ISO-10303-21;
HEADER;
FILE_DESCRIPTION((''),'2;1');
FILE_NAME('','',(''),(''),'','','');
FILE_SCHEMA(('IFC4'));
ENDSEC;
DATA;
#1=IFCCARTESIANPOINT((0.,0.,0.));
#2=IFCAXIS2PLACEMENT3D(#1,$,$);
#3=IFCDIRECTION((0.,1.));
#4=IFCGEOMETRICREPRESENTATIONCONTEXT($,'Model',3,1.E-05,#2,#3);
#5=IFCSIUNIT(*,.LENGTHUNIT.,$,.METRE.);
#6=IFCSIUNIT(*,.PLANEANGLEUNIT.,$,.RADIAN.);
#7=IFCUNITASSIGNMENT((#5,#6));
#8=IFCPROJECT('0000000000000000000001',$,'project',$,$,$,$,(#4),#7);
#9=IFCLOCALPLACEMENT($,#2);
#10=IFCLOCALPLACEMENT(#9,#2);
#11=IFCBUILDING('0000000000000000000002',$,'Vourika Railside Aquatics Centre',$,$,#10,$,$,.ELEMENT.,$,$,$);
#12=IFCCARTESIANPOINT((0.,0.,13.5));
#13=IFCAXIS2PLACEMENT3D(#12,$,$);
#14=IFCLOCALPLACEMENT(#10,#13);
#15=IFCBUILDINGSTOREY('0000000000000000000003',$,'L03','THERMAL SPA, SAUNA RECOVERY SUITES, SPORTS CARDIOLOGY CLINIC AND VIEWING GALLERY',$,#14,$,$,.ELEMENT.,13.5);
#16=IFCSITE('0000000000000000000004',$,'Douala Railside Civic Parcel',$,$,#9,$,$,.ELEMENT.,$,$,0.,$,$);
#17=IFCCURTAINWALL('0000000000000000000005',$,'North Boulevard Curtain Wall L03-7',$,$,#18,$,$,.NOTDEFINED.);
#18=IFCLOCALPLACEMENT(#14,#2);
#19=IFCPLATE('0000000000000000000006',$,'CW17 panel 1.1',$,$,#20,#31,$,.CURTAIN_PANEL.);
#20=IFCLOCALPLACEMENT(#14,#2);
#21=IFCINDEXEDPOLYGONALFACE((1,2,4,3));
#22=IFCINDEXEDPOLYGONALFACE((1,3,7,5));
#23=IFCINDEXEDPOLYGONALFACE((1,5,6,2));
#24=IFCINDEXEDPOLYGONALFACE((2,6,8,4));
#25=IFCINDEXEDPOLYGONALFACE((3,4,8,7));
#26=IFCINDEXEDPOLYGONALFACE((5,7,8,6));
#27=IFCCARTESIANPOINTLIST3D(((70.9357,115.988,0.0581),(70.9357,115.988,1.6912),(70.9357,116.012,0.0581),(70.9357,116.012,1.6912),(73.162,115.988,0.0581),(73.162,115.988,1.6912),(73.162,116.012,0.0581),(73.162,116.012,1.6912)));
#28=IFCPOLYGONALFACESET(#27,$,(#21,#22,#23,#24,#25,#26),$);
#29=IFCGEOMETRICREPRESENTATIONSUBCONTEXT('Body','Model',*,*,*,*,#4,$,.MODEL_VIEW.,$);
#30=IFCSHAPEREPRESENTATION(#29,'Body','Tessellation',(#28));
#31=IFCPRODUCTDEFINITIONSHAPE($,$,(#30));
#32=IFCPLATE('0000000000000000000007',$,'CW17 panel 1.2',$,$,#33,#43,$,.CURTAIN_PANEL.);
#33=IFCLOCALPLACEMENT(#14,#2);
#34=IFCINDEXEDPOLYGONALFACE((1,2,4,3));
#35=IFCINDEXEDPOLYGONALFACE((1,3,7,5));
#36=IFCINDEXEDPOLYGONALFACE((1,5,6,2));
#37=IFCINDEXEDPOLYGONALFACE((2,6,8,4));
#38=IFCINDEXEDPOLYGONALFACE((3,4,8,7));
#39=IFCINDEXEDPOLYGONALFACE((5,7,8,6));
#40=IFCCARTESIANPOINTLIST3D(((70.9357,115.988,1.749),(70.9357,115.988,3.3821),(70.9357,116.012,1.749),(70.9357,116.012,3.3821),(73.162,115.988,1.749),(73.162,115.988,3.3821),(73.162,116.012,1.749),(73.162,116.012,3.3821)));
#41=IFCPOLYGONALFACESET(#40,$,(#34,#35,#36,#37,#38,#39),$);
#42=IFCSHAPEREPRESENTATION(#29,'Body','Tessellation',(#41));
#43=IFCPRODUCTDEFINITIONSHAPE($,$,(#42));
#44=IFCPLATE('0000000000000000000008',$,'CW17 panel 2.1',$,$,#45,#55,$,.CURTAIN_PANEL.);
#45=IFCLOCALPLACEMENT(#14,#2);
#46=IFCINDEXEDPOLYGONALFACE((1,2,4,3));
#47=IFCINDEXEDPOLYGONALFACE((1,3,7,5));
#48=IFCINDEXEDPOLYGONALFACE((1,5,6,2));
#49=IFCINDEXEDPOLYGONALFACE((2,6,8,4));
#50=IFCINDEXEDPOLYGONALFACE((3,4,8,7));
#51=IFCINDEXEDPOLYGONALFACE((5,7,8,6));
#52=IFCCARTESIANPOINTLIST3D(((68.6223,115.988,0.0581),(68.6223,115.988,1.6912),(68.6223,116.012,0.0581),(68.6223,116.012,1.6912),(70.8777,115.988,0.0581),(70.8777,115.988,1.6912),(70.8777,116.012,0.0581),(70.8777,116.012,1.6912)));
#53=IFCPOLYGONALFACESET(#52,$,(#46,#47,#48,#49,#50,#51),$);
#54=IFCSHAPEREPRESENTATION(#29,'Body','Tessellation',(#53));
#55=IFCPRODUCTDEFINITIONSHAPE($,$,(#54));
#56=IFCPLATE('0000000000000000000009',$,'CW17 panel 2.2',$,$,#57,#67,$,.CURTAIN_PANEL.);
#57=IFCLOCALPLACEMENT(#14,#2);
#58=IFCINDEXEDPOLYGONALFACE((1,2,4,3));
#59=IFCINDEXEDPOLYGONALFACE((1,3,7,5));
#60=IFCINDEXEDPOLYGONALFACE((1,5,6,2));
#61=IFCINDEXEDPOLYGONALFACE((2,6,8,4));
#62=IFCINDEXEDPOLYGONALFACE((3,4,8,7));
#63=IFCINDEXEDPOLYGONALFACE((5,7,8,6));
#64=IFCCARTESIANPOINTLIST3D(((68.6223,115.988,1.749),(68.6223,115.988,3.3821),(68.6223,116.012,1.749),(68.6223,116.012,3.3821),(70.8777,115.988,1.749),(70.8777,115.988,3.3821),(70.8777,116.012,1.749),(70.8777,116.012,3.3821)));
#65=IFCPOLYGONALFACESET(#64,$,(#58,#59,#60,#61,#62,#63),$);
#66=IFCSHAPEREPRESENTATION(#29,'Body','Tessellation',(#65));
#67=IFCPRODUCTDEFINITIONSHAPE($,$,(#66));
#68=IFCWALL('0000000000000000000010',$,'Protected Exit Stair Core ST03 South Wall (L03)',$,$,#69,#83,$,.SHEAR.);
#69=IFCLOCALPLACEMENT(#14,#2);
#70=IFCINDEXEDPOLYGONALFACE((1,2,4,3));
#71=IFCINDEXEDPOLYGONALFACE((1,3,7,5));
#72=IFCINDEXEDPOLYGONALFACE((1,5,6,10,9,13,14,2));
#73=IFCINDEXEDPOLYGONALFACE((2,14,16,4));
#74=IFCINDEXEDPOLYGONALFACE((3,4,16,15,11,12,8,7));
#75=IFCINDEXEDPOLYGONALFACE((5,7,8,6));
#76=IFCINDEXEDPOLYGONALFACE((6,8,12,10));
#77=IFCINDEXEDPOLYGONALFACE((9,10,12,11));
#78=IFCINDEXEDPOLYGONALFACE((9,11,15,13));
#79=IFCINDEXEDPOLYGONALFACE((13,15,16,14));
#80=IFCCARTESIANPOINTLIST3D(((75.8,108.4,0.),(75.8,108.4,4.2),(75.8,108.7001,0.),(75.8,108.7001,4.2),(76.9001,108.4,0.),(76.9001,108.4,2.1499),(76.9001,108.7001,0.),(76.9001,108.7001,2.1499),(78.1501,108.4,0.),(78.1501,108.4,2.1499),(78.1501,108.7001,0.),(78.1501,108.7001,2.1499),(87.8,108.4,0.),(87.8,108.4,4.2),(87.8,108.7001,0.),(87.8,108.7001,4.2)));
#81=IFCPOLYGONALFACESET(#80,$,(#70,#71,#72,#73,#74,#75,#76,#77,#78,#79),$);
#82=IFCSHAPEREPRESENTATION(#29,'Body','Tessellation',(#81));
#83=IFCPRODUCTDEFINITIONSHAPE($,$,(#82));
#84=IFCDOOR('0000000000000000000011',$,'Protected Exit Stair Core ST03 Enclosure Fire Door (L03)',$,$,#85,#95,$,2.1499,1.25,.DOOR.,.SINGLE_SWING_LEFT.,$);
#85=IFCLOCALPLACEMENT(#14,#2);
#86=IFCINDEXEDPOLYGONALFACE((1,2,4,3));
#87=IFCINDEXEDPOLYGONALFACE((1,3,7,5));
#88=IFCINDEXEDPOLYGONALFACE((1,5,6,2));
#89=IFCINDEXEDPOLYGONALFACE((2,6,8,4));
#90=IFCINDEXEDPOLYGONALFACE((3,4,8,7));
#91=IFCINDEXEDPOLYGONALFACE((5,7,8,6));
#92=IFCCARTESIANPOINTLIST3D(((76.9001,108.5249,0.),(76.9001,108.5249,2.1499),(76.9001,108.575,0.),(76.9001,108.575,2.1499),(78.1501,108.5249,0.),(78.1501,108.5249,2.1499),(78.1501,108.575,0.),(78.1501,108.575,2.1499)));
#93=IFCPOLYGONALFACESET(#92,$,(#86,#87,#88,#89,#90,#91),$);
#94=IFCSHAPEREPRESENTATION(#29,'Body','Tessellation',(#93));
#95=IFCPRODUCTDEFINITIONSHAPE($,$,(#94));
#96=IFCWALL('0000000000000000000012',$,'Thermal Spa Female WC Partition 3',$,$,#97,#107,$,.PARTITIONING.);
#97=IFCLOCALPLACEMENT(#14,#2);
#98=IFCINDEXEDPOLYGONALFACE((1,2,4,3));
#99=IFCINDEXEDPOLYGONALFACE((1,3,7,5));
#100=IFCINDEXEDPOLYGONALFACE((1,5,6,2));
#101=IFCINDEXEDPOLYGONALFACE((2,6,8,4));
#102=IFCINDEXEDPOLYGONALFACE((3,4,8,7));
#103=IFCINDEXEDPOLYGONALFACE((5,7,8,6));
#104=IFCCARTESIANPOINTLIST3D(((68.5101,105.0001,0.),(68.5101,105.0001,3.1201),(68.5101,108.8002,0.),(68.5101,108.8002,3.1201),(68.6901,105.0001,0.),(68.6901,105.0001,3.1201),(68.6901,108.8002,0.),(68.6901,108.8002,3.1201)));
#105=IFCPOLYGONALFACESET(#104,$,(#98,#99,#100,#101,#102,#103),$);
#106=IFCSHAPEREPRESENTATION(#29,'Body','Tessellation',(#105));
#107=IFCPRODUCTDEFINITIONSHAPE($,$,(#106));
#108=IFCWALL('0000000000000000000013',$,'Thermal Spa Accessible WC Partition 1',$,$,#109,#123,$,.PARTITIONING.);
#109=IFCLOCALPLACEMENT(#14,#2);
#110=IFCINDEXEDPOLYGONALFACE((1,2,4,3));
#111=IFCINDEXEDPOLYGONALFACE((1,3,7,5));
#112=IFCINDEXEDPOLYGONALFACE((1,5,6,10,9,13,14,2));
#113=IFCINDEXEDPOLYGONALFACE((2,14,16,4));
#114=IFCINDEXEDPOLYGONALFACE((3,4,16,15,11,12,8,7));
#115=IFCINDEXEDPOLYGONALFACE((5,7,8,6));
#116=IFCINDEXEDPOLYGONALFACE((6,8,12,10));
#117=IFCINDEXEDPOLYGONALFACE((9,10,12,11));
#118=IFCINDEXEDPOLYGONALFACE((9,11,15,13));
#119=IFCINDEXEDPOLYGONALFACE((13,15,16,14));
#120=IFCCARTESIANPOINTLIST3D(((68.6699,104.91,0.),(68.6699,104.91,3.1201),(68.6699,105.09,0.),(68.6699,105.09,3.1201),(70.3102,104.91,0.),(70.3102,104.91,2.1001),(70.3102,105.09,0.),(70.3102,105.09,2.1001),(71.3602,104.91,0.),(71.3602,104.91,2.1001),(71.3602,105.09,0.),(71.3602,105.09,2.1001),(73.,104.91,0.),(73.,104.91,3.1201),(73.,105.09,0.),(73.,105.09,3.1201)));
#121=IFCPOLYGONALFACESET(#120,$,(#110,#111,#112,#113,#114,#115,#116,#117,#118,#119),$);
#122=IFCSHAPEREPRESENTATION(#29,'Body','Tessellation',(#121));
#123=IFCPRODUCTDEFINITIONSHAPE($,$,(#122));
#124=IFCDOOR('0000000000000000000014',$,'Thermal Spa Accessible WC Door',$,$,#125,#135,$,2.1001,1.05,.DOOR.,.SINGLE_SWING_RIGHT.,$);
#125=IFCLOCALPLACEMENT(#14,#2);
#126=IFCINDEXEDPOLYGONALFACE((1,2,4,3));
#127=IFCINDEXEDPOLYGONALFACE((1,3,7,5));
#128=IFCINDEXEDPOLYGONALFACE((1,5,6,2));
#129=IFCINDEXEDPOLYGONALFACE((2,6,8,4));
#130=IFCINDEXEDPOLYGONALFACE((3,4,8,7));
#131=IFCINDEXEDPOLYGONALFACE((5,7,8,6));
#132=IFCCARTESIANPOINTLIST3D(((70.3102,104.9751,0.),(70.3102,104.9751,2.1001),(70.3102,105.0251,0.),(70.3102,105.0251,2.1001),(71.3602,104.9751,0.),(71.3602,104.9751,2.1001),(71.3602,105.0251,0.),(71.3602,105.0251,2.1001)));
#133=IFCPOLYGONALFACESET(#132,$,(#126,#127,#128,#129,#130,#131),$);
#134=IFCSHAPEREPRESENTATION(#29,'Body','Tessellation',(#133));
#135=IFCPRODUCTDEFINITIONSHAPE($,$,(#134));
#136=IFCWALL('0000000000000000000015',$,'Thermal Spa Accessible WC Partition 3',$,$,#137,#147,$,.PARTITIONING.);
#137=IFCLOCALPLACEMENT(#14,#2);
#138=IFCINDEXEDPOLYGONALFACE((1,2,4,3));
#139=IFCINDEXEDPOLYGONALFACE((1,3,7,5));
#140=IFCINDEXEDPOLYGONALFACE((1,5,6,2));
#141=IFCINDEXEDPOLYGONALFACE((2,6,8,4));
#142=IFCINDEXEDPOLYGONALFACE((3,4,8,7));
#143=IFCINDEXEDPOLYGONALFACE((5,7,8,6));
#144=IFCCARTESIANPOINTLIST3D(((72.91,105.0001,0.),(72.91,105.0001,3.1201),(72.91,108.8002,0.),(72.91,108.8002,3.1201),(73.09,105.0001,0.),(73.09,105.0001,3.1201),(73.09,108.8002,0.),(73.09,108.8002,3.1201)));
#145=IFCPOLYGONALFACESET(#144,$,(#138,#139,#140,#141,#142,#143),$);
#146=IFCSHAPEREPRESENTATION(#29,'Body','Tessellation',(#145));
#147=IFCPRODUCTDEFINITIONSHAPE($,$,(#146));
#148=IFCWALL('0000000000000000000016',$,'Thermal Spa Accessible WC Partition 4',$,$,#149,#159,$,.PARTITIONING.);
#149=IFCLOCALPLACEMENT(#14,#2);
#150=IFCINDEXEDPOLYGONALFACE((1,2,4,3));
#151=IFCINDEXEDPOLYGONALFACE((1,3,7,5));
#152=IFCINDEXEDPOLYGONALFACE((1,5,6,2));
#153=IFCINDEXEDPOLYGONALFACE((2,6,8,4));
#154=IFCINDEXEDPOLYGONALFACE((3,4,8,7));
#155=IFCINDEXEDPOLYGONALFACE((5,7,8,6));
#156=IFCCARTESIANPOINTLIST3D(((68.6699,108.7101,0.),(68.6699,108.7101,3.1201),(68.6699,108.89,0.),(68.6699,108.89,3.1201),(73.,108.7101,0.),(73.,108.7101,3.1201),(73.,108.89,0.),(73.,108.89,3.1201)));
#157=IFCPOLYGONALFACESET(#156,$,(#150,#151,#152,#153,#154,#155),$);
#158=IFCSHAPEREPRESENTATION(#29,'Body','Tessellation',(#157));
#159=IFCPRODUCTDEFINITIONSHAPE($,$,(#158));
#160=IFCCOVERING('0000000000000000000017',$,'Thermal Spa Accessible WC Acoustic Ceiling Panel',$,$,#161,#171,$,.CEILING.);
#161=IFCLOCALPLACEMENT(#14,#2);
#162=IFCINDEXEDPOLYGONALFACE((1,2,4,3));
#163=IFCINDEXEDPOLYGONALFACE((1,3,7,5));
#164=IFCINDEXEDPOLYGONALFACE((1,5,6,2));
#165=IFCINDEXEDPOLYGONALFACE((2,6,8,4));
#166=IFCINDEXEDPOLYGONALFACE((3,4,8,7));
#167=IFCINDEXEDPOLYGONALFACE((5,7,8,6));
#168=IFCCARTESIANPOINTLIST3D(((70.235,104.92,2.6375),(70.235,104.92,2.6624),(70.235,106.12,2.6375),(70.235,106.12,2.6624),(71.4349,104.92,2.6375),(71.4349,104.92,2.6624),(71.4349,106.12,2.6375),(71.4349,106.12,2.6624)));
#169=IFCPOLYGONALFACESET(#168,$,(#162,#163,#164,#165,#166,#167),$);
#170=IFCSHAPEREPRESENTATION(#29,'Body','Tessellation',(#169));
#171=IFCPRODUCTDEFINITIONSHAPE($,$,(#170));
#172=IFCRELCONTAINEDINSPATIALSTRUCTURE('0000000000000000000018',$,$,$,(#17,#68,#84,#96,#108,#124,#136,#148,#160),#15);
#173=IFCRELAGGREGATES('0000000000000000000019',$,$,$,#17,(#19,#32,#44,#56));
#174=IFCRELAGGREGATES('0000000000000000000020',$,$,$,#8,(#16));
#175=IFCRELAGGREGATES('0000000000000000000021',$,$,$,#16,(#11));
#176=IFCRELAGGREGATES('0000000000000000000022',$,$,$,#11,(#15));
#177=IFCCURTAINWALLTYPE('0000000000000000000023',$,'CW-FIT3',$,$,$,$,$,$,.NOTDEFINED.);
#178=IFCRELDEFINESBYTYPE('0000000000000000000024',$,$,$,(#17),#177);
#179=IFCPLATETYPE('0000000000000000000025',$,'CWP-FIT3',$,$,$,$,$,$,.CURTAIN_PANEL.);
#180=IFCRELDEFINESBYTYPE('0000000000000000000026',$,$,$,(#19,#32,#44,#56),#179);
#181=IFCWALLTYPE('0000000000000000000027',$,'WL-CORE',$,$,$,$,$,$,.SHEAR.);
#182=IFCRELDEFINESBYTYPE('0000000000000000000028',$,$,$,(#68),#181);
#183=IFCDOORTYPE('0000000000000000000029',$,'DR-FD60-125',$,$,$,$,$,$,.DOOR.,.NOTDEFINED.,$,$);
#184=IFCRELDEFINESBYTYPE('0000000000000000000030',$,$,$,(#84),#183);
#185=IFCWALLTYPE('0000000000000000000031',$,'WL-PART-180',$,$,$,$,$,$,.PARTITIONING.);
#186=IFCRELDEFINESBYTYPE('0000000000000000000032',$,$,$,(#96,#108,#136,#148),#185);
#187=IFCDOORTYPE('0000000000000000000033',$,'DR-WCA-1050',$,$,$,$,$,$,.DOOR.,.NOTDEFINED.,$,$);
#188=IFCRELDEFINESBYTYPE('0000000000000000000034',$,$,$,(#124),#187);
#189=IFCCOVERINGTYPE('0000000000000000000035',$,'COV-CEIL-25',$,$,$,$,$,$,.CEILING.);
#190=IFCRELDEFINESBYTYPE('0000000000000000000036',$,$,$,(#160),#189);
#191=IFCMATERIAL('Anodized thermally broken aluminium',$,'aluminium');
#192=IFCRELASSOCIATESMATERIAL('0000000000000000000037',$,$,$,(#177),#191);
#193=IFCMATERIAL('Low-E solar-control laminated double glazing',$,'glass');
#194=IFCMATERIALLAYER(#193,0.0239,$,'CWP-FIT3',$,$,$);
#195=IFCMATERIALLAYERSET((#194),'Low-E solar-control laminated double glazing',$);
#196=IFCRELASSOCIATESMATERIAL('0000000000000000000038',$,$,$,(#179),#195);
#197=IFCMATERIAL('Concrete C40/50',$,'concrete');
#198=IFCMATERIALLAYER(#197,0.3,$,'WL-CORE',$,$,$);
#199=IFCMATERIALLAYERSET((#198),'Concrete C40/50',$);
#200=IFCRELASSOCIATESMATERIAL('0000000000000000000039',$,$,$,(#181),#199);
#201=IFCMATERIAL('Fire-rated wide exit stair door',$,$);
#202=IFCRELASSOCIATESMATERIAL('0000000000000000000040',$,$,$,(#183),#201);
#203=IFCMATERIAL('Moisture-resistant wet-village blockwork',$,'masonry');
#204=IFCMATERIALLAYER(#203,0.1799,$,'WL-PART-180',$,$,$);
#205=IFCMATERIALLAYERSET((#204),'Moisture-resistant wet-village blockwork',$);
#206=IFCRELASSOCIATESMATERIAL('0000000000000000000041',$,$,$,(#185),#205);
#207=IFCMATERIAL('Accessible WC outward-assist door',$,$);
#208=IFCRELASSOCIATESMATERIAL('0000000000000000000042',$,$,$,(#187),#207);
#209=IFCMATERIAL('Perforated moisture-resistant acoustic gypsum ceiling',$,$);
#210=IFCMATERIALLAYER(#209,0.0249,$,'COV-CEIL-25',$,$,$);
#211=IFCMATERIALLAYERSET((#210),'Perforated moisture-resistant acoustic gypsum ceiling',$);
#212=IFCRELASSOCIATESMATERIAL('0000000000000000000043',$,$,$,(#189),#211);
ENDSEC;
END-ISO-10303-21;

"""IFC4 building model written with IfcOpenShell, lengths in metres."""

from ifc_helpers import new_model, si_unit, direction, frame, frame_2d, origin, origin_2d, place, context, subcontext, project, spatial, rectangle, extrude, material, layer, layer_set, type_object, element, fill, aggregate, save


model = new_model("IFC4")

# Units and contexts
model_context = context("Model", 3, precision=1e-05, world=origin(), true_north=direction((0.0, 1.0)))
body_context = subcontext(model_context, "Body", "Model", "MODEL_VIEW")
ifc_project = project(units=[si_unit("LENGTHUNIT", "METRE"), si_unit("PLANEANGLEUNIT", "RADIAN")], contexts=[model_context])

# Site, building, storey
site_placement = place(None, origin())
site = spatial("IfcSite", under=ifc_project, at=site_placement, Name="Douala Railside Civic Parcel", CompositionType="ELEMENT", RefElevation=0.0)
building_placement = place(site_placement, origin())
building = spatial("IfcBuilding", under=site, at=building_placement, Name="Vourika Railside Aquatics Centre", CompositionType="ELEMENT")
storey_placement = place(building_placement, frame((0.0, 0.0, 13.5)))
storey = spatial("IfcBuildingStorey", under=building, at=storey_placement, Name="L03", Description="THERMAL SPA, SAUNA RECOVERY SUITES, SPORTS CARDIOLOGY CLINIC AND VIEWING GALLERY", CompositionType="ELEMENT", Elevation=13.5)

# Curtain wall, plates
ifc_material_1 = material(Name="Anodized thermally broken aluminium", Category="aluminium")
curtain_wall_type = type_object("IfcCurtainWallType", Name="CW-FIT3", PredefinedType="NOTDEFINED", material=ifc_material_1)
curtain_wall_placement = place(storey_placement, origin())
curtain_wall = element("IfcCurtainWall", 1, at=curtain_wall_placement, inside=storey, type_object=curtain_wall_type, Name="North Boulevard Curtain Wall L03-7", PredefinedType="NOTDEFINED")
ifc_material_2 = material(Name="Low-E solar-control laminated double glazing", Category="glass")
ifc_layer_1 = layer(ifc_material_2, 0.0239, Name="CWP-FIT3")
ifc_layer_set_1 = layer_set([ifc_layer_1], Name="Low-E solar-control laminated double glazing")
plate_type = type_object("IfcPlateType", Name="CWP-FIT3", PredefinedType="CURTAIN_PANEL", material=ifc_layer_set_1)
plate_1_placement = place(storey_placement, frame((72.0488, 116.0, 0.0581), z_axis=(0.0, 0.0, 1.0), x_axis=(-1.0, 0.0, 0.0)))
plate_1 = element("IfcPlate", 2, at=plate_1_placement, type_object=plate_type, Name="CW17 panel 1.1", PredefinedType="CURTAIN_PANEL", context=body_context, shape_type="SweptSolid", body=[
    extrude(rectangle(XDim=2.2263, YDim=0.0239, at=origin_2d()), origin(), (0.0, 0.0, 1.0), 1.6331),
])
plate_2_placement = place(storey_placement, frame((72.0488, 116.0, 1.749), z_axis=(0.0, 0.0, 1.0), x_axis=(-1.0, 0.0, 0.0)))
plate_2 = element("IfcPlate", 3, at=plate_2_placement, type_object=plate_type, Name="CW17 panel 1.2", PredefinedType="CURTAIN_PANEL", context=body_context, shape_type="SweptSolid", body=[
    extrude(rectangle(XDim=2.2263, YDim=0.0239, at=origin_2d()), origin(), (0.0, 0.0, 1.0), 1.6331),
])
plate_3_placement = place(storey_placement, frame((69.75, 116.0, 0.0581), z_axis=(0.0, 0.0, 1.0), x_axis=(-1.0, 0.0, 0.0)))
plate_3 = element("IfcPlate", 4, at=plate_3_placement, type_object=plate_type, Name="CW17 panel 2.1", PredefinedType="CURTAIN_PANEL", context=body_context, shape_type="SweptSolid", body=[
    extrude(rectangle(XDim=2.2554, YDim=0.0239, at=origin_2d()), origin(), (0.0, 0.0, 1.0), 1.6331),
])
plate_4_placement = place(storey_placement, frame((69.75, 116.0, 1.749), z_axis=(0.0, 0.0, 1.0), x_axis=(-1.0, 0.0, 0.0)))
plate_4 = element("IfcPlate", 5, at=plate_4_placement, type_object=plate_type, Name="CW17 panel 2.2", PredefinedType="CURTAIN_PANEL", context=body_context, shape_type="SweptSolid", body=[
    extrude(rectangle(XDim=2.2554, YDim=0.0239, at=origin_2d()), origin(), (0.0, 0.0, 1.0), 1.6331),
])
aggregate(curtain_wall, [plate_1, plate_2, plate_3, plate_4])

# Wall, opening, door
ifc_material_3 = material(Name="Concrete C40/50", Category="concrete")
ifc_layer_2 = layer(ifc_material_3, 0.3, Name="WL-CORE")
ifc_layer_set_2 = layer_set([ifc_layer_2], Name="Concrete C40/50")
wall_type_1 = type_object("IfcWallType", Name="WL-CORE", PredefinedType="SHEAR", material=ifc_layer_set_2)
wall_1_placement = place(storey_placement, frame((75.8, 108.55, 0.0), z_axis=(0.0, 0.0, 1.0), x_axis=(1.0, 0.0, 0.0)))
wall_1 = element("IfcWall", 6, at=wall_1_placement, inside=storey, type_object=wall_type_1, Name="Protected Exit Stair Core ST03 South Wall (L03)", PredefinedType="SHEAR", context=body_context, shape_type="SweptSolid", body=[
    extrude(rectangle(XDim=12.0, YDim=0.3, at=frame_2d((6.0, 0.0))), origin(), (0.0, 0.0, 1.0), 4.2),
])
opening_1_placement = place(wall_1_placement, frame((1.1001, 0.0, 0.0)))
opening_1 = element("IfcOpeningElement", 7, at=opening_1_placement, cuts=wall_1, PredefinedType="OPENING", context=body_context, shape_type="SweptSolid", body=[
    extrude(rectangle(XDim=1.25, YDim=2.1499, at=frame_2d((0.625, 1.075))), frame((0.0, 0.1602, 0.0), z_axis=(0.0, -1.0, 0.0), x_axis=(1.0, 0.0, 0.0)), (0.0, 0.0, 1.0), 0.3201),
])
ifc_material_4 = material(Name="Fire-rated wide exit stair door")
door_type_1 = type_object("IfcDoorType", Name="DR-FD60-125", OperationType="NOTDEFINED", PredefinedType="DOOR", material=ifc_material_4)
door_1_placement = place(opening_1_placement, origin())
door_1 = element("IfcDoor", 8, at=door_1_placement, inside=storey, type_object=door_type_1, Name="Protected Exit Stair Core ST03 Enclosure Fire Door (L03)", OperationType="SINGLE_SWING_LEFT", OverallHeight=2.1499, OverallWidth=1.25, PredefinedType="DOOR", context=body_context, shape_type="SweptSolid", body=[
    extrude(rectangle(XDim=1.25, YDim=2.1499, at=frame_2d((0.625, 1.075))), frame((0.0, 0.0249, 0.0), z_axis=(0.0, -1.0, 0.0), x_axis=(1.0, 0.0, 0.0)), (0.0, 0.0, 1.0), 0.05),
])
fill(opening_1, door_1)

# Wall
ifc_material_5 = material(Name="Moisture-resistant wet-village blockwork", Category="masonry")
ifc_layer_3 = layer(ifc_material_5, 0.1799, Name="WL-PART-180")
ifc_layer_set_3 = layer_set([ifc_layer_3], Name="Moisture-resistant wet-village blockwork")
wall_type_2 = type_object("IfcWallType", Name="WL-PART-180", PredefinedType="PARTITIONING", material=ifc_layer_set_3)
wall_2_placement = place(storey_placement, frame((68.6001, 108.8, 0.0), z_axis=(0.0, 0.0, 1.0), x_axis=(0.0, -1.0, 0.0)))
element("IfcWall", 9, at=wall_2_placement, inside=storey, type_object=wall_type_2, Name="Thermal Spa Female WC Partition 3", PredefinedType="PARTITIONING", context=body_context, shape_type="SweptSolid", body=[
    extrude(rectangle(XDim=3.8, YDim=0.1799, at=frame_2d((1.8999, 0.0))), origin(), (0.0, 0.0, 1.0), 3.1201),
])

# Wall, opening, door
wall_3_placement = place(storey_placement, frame((73.0, 105.0, 0.0), z_axis=(0.0, 0.0, 1.0), x_axis=(-1.0, 0.0, 0.0)))
wall_3 = element("IfcWall", 10, at=wall_3_placement, inside=storey, type_object=wall_type_2, Name="Thermal Spa Accessible WC Partition 1", PredefinedType="PARTITIONING", context=body_context, shape_type="SweptSolid", body=[
    extrude(rectangle(XDim=4.3301, YDim=0.1799, at=frame_2d((2.165, 0.0))), origin(), (0.0, 0.0, 1.0), 3.1201),
])
opening_2_placement = place(wall_3_placement, frame((1.6399, 0.0, 0.0)))
opening_2 = element("IfcOpeningElement", 11, at=opening_2_placement, cuts=wall_3, PredefinedType="OPENING", context=body_context, shape_type="SweptSolid", body=[
    extrude(rectangle(XDim=1.05, YDim=2.1001, at=frame_2d((0.5249, 1.05))), frame((0.0, 0.1001, 0.0), z_axis=(0.0, -1.0, 0.0), x_axis=(1.0, 0.0, 0.0)), (0.0, 0.0, 1.0), 0.2),
])
ifc_material_6 = material(Name="Accessible WC outward-assist door")
door_type_2 = type_object("IfcDoorType", Name="DR-WCA-1050", OperationType="NOTDEFINED", PredefinedType="DOOR", material=ifc_material_6)
door_2_placement = place(opening_2_placement, origin())
door_2 = element("IfcDoor", 12, at=door_2_placement, inside=storey, type_object=door_type_2, Name="Thermal Spa Accessible WC Door", OperationType="SINGLE_SWING_RIGHT", OverallHeight=2.1001, OverallWidth=1.05, PredefinedType="DOOR", context=body_context, shape_type="SweptSolid", body=[
    extrude(rectangle(XDim=1.05, YDim=2.1001, at=frame_2d((0.5249, 1.05))), frame((0.0, 0.0249, 0.0), z_axis=(0.0, -1.0, 0.0), x_axis=(1.0, 0.0, 0.0)), (0.0, 0.0, 1.0), 0.05),
])
fill(opening_2, door_2)

# Walls
wall_4_placement = place(storey_placement, frame((73.0, 108.8, 0.0), z_axis=(0.0, 0.0, 1.0), x_axis=(0.0, -1.0, 0.0)))
element("IfcWall", 13, at=wall_4_placement, inside=storey, type_object=wall_type_2, Name="Thermal Spa Accessible WC Partition 3", PredefinedType="PARTITIONING", context=body_context, shape_type="SweptSolid", body=[
    extrude(rectangle(XDim=3.8, YDim=0.1799, at=frame_2d((1.8999, 0.0))), origin(), (0.0, 0.0, 1.0), 3.1201),
])
wall_5_placement = place(storey_placement, frame((68.6699, 108.8, 0.0), z_axis=(0.0, 0.0, 1.0), x_axis=(1.0, 0.0, 0.0)))
element("IfcWall", 14, at=wall_5_placement, inside=storey, type_object=wall_type_2, Name="Thermal Spa Accessible WC Partition 4", PredefinedType="PARTITIONING", context=body_context, shape_type="SweptSolid", body=[
    extrude(rectangle(XDim=4.3301, YDim=0.1799, at=frame_2d((2.165, 0.0))), origin(), (0.0, 0.0, 1.0), 3.1201),
])

# Covering
ifc_material_7 = material(Name="Perforated moisture-resistant acoustic gypsum ceiling")
ifc_layer_4 = layer(ifc_material_7, 0.0249, Name="COV-CEIL-25")
ifc_layer_set_4 = layer_set([ifc_layer_4], Name="Perforated moisture-resistant acoustic gypsum ceiling")
covering_type_1 = type_object("IfcCoveringType", Name="COV-CEIL-25", PredefinedType="CEILING", material=ifc_layer_set_4)
covering_1_placement = place(storey_placement, frame((70.835, 105.52, 2.6375), z_axis=(0.0, 0.0, 1.0), x_axis=(1.0, 0.0, 0.0)))
element("IfcCovering", 15, at=covering_1_placement, inside=storey, type_object=covering_type_1, Name="Thermal Spa Accessible WC Acoustic Ceiling Panel", PredefinedType="CEILING", context=body_context, shape_type="SweptSolid", body=[
    extrude(rectangle(XDim=1.2, YDim=1.2, at=origin_2d()), origin(), (0.0, 0.0, 1.0), 0.0249),
])

save(model, "model.ifc")
